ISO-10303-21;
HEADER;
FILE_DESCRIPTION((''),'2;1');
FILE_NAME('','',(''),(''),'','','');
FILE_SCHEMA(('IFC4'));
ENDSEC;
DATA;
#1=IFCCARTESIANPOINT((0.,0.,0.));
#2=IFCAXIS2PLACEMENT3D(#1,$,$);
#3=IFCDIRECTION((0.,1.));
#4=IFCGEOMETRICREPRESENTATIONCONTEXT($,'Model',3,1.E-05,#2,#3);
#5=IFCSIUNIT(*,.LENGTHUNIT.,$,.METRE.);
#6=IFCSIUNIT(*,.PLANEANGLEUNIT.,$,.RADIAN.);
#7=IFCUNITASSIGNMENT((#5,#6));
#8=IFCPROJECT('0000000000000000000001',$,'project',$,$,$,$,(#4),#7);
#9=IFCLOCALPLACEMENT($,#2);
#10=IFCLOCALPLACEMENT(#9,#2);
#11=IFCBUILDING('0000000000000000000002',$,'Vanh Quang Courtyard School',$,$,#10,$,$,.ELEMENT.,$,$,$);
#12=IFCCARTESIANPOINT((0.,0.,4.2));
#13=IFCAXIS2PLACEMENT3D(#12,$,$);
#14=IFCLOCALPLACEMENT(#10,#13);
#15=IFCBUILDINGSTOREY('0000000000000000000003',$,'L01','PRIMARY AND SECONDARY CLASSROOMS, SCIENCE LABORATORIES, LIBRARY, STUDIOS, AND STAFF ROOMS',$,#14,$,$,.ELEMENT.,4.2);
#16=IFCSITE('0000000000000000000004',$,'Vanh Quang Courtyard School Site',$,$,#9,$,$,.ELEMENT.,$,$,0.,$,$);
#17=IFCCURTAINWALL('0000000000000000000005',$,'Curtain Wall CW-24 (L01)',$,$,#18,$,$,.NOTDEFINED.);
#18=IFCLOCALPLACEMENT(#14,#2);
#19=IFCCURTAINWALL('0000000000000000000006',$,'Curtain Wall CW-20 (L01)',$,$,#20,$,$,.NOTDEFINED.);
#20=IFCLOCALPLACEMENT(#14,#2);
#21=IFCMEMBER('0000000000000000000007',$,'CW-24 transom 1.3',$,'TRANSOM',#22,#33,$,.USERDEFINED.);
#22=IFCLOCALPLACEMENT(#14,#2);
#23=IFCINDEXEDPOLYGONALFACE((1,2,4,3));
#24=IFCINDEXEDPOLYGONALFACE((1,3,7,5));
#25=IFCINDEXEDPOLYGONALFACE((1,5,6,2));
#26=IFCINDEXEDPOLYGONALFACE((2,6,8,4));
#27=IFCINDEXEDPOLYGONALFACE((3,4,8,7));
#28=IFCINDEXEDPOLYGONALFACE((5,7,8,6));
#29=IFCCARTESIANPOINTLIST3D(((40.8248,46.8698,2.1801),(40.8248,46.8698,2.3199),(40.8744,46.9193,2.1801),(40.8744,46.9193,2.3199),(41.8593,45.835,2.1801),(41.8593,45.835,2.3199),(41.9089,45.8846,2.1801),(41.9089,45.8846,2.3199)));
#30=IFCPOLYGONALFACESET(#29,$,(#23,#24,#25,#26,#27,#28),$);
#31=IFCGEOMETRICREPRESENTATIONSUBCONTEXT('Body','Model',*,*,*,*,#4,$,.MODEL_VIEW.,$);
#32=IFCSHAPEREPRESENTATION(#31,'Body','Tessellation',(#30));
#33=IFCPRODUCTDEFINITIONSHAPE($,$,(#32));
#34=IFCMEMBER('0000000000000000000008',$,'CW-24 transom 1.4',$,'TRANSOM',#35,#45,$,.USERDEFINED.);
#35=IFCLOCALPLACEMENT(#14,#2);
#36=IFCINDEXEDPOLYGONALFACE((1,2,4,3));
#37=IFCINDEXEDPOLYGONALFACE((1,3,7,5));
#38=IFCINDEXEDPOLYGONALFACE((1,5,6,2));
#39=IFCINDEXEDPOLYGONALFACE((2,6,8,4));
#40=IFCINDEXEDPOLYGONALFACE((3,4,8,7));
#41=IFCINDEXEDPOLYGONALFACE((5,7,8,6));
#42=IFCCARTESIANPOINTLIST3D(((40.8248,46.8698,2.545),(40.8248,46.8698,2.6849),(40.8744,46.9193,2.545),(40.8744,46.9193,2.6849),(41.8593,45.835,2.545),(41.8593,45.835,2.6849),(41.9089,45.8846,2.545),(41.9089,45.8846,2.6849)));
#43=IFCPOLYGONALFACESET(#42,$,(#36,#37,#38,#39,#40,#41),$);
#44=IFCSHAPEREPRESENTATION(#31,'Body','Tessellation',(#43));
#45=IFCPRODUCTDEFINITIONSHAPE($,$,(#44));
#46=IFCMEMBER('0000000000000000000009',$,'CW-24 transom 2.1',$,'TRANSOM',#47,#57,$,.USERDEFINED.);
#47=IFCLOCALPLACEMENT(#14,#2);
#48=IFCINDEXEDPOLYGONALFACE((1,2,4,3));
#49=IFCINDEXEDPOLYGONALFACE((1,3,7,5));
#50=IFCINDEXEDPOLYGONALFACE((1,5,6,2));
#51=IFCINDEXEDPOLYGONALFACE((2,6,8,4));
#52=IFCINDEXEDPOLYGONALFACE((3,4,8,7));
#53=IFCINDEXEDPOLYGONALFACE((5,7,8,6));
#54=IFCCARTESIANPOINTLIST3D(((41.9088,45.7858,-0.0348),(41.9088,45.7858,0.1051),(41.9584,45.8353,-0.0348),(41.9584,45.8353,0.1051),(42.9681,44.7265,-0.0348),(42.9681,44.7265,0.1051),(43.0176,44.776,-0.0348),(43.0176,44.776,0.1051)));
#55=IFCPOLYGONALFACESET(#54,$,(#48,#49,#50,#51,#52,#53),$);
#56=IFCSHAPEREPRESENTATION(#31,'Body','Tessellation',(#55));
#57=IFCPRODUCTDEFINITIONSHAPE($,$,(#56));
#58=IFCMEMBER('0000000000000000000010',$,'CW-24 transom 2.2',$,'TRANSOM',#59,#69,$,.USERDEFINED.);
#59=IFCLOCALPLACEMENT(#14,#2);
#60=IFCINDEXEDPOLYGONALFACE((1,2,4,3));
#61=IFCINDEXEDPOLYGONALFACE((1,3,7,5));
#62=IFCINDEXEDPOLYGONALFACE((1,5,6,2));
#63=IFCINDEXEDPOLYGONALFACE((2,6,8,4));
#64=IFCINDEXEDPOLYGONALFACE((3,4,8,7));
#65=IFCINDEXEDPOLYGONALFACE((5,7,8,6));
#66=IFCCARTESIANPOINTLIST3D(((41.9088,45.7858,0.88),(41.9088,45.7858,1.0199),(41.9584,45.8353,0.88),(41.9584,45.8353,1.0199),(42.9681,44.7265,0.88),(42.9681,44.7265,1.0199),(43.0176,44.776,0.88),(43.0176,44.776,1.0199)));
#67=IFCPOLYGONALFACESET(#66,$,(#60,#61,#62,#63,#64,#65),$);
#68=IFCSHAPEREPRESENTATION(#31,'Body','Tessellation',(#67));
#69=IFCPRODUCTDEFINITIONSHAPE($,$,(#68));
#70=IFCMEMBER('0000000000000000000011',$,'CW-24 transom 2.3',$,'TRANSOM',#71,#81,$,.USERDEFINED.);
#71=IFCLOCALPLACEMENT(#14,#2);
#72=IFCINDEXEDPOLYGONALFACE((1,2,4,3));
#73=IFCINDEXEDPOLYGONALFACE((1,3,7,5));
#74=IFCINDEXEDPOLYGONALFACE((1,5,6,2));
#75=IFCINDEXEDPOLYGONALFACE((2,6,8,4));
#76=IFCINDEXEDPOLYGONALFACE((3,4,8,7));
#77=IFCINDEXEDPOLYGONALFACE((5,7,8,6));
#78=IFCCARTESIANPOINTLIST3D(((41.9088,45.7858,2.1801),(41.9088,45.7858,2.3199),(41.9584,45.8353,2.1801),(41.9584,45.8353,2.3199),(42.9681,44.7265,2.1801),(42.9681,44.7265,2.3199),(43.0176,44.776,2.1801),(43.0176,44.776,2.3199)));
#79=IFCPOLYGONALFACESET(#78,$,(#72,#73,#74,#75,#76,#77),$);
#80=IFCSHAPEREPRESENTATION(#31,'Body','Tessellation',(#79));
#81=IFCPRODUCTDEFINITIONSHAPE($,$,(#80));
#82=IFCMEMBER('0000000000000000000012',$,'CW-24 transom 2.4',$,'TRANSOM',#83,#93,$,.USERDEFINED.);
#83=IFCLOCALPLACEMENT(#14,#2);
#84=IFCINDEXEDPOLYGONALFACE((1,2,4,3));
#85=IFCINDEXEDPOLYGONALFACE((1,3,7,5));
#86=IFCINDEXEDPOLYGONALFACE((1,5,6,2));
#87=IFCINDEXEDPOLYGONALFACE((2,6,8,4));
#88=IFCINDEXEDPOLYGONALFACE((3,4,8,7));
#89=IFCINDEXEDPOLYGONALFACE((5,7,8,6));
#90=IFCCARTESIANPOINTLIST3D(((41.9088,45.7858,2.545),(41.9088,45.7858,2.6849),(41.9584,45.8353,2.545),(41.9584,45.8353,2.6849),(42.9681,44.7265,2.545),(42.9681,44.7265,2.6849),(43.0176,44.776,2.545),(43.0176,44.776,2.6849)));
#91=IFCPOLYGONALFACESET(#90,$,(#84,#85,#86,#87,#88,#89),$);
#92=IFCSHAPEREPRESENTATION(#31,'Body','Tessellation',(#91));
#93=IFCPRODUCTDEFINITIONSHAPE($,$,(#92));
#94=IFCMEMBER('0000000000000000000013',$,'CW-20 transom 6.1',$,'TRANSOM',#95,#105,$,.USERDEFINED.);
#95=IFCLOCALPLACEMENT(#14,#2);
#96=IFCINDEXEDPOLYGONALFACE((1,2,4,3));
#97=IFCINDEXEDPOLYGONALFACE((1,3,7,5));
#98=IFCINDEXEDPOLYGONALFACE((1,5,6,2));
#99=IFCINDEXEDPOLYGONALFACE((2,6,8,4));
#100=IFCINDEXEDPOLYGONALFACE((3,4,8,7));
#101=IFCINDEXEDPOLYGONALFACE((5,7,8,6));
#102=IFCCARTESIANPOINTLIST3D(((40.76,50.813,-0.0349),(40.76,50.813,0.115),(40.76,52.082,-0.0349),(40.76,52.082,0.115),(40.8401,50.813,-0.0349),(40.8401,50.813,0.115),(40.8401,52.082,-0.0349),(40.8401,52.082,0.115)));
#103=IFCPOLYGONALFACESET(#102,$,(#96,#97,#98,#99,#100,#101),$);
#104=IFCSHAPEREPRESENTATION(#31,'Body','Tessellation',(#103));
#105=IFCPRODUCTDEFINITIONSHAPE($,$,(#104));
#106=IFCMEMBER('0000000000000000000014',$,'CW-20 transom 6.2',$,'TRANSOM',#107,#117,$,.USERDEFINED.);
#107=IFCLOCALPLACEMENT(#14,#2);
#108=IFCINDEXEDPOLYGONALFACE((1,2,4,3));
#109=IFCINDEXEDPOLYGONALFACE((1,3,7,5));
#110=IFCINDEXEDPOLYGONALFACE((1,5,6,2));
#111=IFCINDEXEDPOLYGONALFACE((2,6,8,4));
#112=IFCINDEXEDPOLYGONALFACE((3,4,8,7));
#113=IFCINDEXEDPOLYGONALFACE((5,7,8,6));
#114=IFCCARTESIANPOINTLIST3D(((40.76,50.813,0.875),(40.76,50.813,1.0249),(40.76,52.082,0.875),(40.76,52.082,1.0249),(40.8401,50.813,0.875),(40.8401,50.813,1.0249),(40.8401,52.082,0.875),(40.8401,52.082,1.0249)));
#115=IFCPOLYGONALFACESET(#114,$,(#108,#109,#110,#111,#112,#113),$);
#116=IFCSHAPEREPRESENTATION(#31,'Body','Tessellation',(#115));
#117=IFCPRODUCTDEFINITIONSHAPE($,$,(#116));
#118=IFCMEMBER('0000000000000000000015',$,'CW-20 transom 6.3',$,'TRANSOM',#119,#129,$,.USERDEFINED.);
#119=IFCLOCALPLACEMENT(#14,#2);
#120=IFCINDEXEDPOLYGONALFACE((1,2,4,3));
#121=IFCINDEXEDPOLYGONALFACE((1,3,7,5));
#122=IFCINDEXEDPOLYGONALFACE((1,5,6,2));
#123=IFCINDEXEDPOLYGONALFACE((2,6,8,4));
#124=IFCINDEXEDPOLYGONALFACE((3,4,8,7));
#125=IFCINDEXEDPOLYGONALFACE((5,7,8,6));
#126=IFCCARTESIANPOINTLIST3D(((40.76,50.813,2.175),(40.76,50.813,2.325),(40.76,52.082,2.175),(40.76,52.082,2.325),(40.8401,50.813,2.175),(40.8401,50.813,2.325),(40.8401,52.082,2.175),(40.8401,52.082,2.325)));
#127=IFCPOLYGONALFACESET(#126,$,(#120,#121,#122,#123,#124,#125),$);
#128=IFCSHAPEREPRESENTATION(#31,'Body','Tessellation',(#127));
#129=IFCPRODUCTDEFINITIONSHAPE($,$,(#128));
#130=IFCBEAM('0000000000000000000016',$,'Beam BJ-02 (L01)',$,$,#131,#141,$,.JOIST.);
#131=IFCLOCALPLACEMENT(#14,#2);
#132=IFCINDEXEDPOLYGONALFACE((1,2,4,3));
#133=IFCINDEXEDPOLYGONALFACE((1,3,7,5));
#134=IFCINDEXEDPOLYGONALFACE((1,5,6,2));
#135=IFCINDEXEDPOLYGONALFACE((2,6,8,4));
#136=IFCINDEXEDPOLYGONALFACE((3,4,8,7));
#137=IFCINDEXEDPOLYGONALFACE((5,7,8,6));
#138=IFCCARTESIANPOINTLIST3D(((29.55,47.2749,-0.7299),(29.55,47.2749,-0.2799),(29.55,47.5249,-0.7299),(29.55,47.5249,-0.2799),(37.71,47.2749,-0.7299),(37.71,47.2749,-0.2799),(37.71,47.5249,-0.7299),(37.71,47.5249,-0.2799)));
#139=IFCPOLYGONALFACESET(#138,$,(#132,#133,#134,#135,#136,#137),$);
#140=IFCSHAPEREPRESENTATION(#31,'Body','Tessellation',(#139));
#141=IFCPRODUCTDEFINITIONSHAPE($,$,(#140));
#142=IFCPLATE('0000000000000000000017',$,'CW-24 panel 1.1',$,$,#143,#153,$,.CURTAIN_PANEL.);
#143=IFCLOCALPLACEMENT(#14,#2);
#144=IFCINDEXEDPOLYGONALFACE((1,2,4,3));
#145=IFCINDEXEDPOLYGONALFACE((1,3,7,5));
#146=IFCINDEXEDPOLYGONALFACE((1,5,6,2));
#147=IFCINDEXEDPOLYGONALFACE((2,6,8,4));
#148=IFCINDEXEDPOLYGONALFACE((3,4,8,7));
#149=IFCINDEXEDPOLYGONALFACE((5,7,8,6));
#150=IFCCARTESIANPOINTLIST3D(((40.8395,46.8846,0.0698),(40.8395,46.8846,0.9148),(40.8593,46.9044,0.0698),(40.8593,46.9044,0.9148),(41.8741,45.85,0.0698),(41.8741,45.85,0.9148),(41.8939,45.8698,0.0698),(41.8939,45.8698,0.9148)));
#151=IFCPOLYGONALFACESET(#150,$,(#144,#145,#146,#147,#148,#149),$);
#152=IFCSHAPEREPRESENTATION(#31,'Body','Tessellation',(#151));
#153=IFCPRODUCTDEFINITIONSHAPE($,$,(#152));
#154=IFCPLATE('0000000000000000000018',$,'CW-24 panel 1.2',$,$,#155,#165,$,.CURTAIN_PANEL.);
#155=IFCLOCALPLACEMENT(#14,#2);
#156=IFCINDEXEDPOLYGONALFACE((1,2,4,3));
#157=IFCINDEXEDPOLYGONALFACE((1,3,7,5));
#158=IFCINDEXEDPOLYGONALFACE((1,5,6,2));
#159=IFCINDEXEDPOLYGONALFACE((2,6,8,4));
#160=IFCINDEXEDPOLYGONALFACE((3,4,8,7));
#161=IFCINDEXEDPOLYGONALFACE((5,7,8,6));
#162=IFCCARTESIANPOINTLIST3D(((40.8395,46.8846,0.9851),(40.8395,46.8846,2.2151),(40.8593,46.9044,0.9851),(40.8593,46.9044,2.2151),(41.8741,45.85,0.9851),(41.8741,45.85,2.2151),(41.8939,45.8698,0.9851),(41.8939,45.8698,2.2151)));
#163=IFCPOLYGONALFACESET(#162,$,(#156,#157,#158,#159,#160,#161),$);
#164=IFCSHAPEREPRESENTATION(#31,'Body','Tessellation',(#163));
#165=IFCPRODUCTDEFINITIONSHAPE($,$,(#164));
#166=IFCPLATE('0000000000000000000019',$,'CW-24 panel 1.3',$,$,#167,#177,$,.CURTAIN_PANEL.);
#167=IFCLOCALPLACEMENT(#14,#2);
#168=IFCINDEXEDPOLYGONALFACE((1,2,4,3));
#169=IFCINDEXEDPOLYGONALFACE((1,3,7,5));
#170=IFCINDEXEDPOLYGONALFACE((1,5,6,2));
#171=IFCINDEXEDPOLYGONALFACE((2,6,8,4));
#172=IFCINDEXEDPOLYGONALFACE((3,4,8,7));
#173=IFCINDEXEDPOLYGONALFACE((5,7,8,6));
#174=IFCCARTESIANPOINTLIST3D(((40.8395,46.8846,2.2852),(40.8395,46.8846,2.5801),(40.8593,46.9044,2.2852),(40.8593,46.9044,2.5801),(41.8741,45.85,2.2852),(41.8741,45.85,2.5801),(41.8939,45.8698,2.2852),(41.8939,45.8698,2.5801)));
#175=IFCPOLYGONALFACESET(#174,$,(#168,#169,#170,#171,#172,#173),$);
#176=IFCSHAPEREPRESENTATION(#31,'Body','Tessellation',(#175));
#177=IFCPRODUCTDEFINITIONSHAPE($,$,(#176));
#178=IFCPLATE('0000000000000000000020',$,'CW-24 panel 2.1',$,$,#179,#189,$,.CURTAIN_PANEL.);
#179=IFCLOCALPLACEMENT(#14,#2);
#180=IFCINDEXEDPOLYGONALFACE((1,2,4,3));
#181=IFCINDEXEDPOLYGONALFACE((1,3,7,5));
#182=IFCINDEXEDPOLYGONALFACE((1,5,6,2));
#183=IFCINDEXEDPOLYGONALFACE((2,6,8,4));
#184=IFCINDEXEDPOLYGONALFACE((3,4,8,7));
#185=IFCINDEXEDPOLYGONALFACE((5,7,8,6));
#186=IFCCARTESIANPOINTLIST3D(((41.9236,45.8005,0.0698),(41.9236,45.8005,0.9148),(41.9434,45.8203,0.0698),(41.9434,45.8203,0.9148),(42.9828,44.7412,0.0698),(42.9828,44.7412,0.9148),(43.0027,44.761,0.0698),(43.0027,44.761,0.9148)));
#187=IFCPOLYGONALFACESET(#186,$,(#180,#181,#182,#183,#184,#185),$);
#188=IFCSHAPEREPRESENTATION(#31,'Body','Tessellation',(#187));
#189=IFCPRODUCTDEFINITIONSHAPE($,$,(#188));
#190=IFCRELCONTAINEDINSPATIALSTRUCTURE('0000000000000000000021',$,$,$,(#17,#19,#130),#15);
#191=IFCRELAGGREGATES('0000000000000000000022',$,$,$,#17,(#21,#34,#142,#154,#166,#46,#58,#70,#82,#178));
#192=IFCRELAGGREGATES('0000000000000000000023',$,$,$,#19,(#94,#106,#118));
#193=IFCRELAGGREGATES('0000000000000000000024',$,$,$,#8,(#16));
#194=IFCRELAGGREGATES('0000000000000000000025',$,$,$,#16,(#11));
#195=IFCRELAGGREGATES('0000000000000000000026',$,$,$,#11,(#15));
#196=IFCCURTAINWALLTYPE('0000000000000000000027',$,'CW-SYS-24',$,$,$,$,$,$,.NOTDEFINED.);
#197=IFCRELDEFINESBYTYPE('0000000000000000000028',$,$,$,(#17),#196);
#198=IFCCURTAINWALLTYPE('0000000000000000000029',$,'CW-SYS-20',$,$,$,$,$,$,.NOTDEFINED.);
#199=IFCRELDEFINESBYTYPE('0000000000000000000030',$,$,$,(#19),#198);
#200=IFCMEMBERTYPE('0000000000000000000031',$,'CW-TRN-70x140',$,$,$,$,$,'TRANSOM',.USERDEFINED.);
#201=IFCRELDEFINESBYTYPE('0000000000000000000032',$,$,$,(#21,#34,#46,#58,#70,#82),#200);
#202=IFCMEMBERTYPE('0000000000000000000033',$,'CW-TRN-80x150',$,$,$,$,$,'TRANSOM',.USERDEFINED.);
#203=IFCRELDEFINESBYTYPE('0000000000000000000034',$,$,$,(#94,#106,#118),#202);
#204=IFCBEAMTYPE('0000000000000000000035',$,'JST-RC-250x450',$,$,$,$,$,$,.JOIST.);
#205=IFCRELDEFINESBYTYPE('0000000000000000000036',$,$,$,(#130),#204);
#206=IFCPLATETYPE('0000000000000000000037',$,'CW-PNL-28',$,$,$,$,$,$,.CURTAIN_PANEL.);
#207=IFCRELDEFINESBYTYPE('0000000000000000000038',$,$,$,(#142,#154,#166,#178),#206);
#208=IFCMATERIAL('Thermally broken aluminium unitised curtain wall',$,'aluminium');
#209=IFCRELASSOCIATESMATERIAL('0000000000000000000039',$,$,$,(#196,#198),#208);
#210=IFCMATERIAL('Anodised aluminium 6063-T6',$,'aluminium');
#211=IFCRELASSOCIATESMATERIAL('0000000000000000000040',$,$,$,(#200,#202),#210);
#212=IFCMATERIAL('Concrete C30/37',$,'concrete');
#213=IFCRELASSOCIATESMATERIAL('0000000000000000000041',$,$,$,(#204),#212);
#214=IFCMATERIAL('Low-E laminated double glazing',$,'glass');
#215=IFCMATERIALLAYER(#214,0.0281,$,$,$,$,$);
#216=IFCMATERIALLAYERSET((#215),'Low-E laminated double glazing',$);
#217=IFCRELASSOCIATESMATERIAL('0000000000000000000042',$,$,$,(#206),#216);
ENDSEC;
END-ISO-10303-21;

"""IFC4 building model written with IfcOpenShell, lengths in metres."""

from ifc_helpers import new_model, si_unit, direction, frame, origin, origin_2d, place, context, subcontext, project, spatial, rectangle, extrude, material, layer, layer_set, material_profile, profile_set, type_object, element, aggregate, save


model = new_model("IFC4")

# Units and contexts
model_context = context("Model", 3, precision=1e-05, world=origin(), true_north=direction((0.0, 1.0)))
body_context = subcontext(model_context, "Body", "Model", "MODEL_VIEW")
ifc_project = project(units=[si_unit("LENGTHUNIT", "METRE"), si_unit("PLANEANGLEUNIT", "RADIAN")], contexts=[model_context])

# Site, building, storey
site_placement = place(None, origin())
site = spatial("IfcSite", under=ifc_project, at=site_placement, Name="Vanh Quang Courtyard School Site", CompositionType="ELEMENT", RefElevation=0.0)
building_placement = place(site_placement, origin())
building = spatial("IfcBuilding", under=site, at=building_placement, Name="Vanh Quang Courtyard School", CompositionType="ELEMENT")
storey_placement = place(building_placement, frame((0.0, 0.0, 4.2)))
storey = spatial("IfcBuildingStorey", under=building, at=storey_placement, Name="L01", Description="PRIMARY AND SECONDARY CLASSROOMS, SCIENCE LABORATORIES, LIBRARY, STUDIOS, AND STAFF ROOMS", CompositionType="ELEMENT", Elevation=4.2)

# Curtain wall
ifc_material_1 = material(Name="Thermally broken aluminium unitised curtain wall", Category="aluminium")
curtain_wall_type_1 = type_object("IfcCurtainWallType", Name="CW-SYS-24", PredefinedType="NOTDEFINED", material=ifc_material_1)
curtain_wall_1_placement = place(storey_placement, origin())
curtain_wall_1 = element("IfcCurtainWall", 1, at=curtain_wall_1_placement, inside=storey, type_object=curtain_wall_type_1, Name="Curtain Wall CW-24 (L01)", PredefinedType="NOTDEFINED")
ifc_material_2 = material(Name="Anodised aluminium 6063-T6", Category="aluminium")

# Curtain wall
curtain_wall_type_2 = type_object("IfcCurtainWallType", Name="CW-SYS-20", PredefinedType="NOTDEFINED", material=ifc_material_1)
curtain_wall_2_placement = place(storey_placement, origin())
curtain_wall_2 = element("IfcCurtainWall", 2, at=curtain_wall_2_placement, inside=storey, type_object=curtain_wall_type_2, Name="Curtain Wall CW-20 (L01)", PredefinedType="NOTDEFINED")

# Members
ifc_material_profile_1 = material_profile(ifc_material_2, rectangle(XDim=0.0701, YDim=0.1399, at=origin_2d()), Name="ALU-TRN 70x140")
ifc_profile_set_1 = profile_set([ifc_material_profile_1], Name="Anodised aluminium 6063-T6")
member_type_1 = type_object("IfcMemberType", Name="CW-TRN-70x140", ElementType="TRANSOM", PredefinedType="USERDEFINED", material=ifc_profile_set_1)
member_1_placement = place(storey_placement, frame((40.8496, 46.8945, 2.25), z_axis=(0.707023, -0.70719, 0.0), x_axis=(0.70719, 0.707023, 0.0)))
member_1 = element("IfcMember", 3, at=member_1_placement, type_object=member_type_1, Name="CW-24 transom 1.3", ObjectType="TRANSOM", PredefinedType="USERDEFINED", context=body_context, shape_type="SweptSolid", body=[
    extrude(rectangle(XDim=0.0701, YDim=0.1399, at=origin_2d()), origin(), (0.0, 0.0, 1.0), 1.4631),
])
member_2_placement = place(storey_placement, frame((40.8496, 46.8945, 2.615), z_axis=(0.707023, -0.70719, 0.0), x_axis=(0.70719, 0.707023, 0.0)))
member_2 = element("IfcMember", 4, at=member_2_placement, type_object=member_type_1, Name="CW-24 transom 1.4", ObjectType="TRANSOM", PredefinedType="USERDEFINED", context=body_context, shape_type="SweptSolid", body=[
    extrude(rectangle(XDim=0.0701, YDim=0.1399, at=origin_2d()), origin(), (0.0, 0.0, 1.0), 1.4631),
])
member_3_placement = place(storey_placement, frame((41.9336, 45.8105, 0.0352), z_axis=(0.707107, -0.707107, 0.0), x_axis=(0.707107, 0.707107, 0.0)))
member_3 = element("IfcMember", 5, at=member_3_placement, type_object=member_type_1, Name="CW-24 transom 2.1", ObjectType="TRANSOM", PredefinedType="USERDEFINED", context=body_context, shape_type="SweptSolid", body=[
    extrude(rectangle(XDim=0.0701, YDim=0.1399, at=origin_2d()), origin(), (0.0, 0.0, 1.0), 1.498),
])
member_4_placement = place(storey_placement, frame((41.9336, 45.8105, 0.95), z_axis=(0.707107, -0.707107, 0.0), x_axis=(0.707107, 0.707107, 0.0)))
member_4 = element("IfcMember", 6, at=member_4_placement, type_object=member_type_1, Name="CW-24 transom 2.2", ObjectType="TRANSOM", PredefinedType="USERDEFINED", context=body_context, shape_type="SweptSolid", body=[
    extrude(rectangle(XDim=0.0701, YDim=0.1399, at=origin_2d()), origin(), (0.0, 0.0, 1.0), 1.498),
])
member_5_placement = place(storey_placement, frame((41.9336, 45.8105, 2.25), z_axis=(0.707107, -0.707107, 0.0), x_axis=(0.707107, 0.707107, 0.0)))
member_5 = element("IfcMember", 7, at=member_5_placement, type_object=member_type_1, Name="CW-24 transom 2.3", ObjectType="TRANSOM", PredefinedType="USERDEFINED", context=body_context, shape_type="SweptSolid", body=[
    extrude(rectangle(XDim=0.0701, YDim=0.1399, at=origin_2d()), origin(), (0.0, 0.0, 1.0), 1.498),
])
member_6_placement = place(storey_placement, frame((41.9336, 45.8105, 2.615), z_axis=(0.707107, -0.707107, 0.0), x_axis=(0.707107, 0.707107, 0.0)))
member_6 = element("IfcMember", 8, at=member_6_placement, type_object=member_type_1, Name="CW-24 transom 2.4", ObjectType="TRANSOM", PredefinedType="USERDEFINED", context=body_context, shape_type="SweptSolid", body=[
    extrude(rectangle(XDim=0.0701, YDim=0.1399, at=origin_2d()), origin(), (0.0, 0.0, 1.0), 1.498),
])
ifc_material_profile_2 = material_profile(ifc_material_2, rectangle(XDim=0.0801, YDim=0.1499, at=origin_2d()), Name="ALU-TRN 80x150")
ifc_profile_set_2 = profile_set([ifc_material_profile_2], Name="Anodised aluminium 6063-T6")
member_type_2 = type_object("IfcMemberType", Name="CW-TRN-80x150", ElementType="TRANSOM", PredefinedType="USERDEFINED", material=ifc_profile_set_2)
member_7_placement = place(storey_placement, frame((40.8, 52.082, 0.04), z_axis=(0.0, -1.0, 0.0), x_axis=(1.0, 0.0, 0.0)))
member_7 = element("IfcMember", 9, at=member_7_placement, type_object=member_type_2, Name="CW-20 transom 6.1", ObjectType="TRANSOM", PredefinedType="USERDEFINED", context=body_context, shape_type="SweptSolid", body=[
    extrude(rectangle(XDim=0.0801, YDim=0.1499, at=origin_2d()), origin(), (0.0, 0.0, 1.0), 1.269),
])
member_8_placement = place(storey_placement, frame((40.8, 52.082, 0.95), z_axis=(0.0, -1.0, 0.0), x_axis=(1.0, 0.0, 0.0)))
member_8 = element("IfcMember", 10, at=member_8_placement, type_object=member_type_2, Name="CW-20 transom 6.2", ObjectType="TRANSOM", PredefinedType="USERDEFINED", context=body_context, shape_type="SweptSolid", body=[
    extrude(rectangle(XDim=0.0801, YDim=0.1499, at=origin_2d()), origin(), (0.0, 0.0, 1.0), 1.269),
])
member_9_placement = place(storey_placement, frame((40.8, 52.082, 2.25), z_axis=(0.0, -1.0, 0.0), x_axis=(1.0, 0.0, 0.0)))
member_9 = element("IfcMember", 11, at=member_9_placement, type_object=member_type_2, Name="CW-20 transom 6.3", ObjectType="TRANSOM", PredefinedType="USERDEFINED", context=body_context, shape_type="SweptSolid", body=[
    extrude(rectangle(XDim=0.0801, YDim=0.1499, at=origin_2d()), origin(), (0.0, 0.0, 1.0), 1.269),
])

# Beam
ifc_material_3 = material(Name="Concrete C30/37", Category="concrete")
ifc_material_profile_3 = material_profile(ifc_material_3, rectangle(XDim=0.25, YDim=0.45, at=origin_2d()), Name="RC-JST 250x450")
ifc_profile_set_3 = profile_set([ifc_material_profile_3], Name="Concrete C30/37")
beam_type_1 = type_object("IfcBeamType", Name="JST-RC-250x450", PredefinedType="JOIST", material=ifc_profile_set_3)
beam_1_placement = place(storey_placement, frame((29.55, 47.3999, -0.5049), z_axis=(1.0, 0.0, 0.0), x_axis=(0.0, 1.0, 0.0)))
element("IfcBeam", 12, at=beam_1_placement, inside=storey, type_object=beam_type_1, Name="Beam BJ-02 (L01)", PredefinedType="JOIST", context=body_context, shape_type="SweptSolid", body=[
    extrude(rectangle(XDim=0.25, YDim=0.45, at=origin_2d()), origin(), (0.0, 0.0, 1.0), 8.1599),
])

# Plates
ifc_material_4 = material(Name="Low-E laminated double glazing", Category="glass")
ifc_layer_1 = layer(ifc_material_4, 0.0281)
ifc_layer_set_1 = layer_set([ifc_layer_1], Name="Low-E laminated double glazing")
plate_type_1 = type_object("IfcPlateType", Name="CW-PNL-28", PredefinedType="CURTAIN_PANEL", material=ifc_layer_set_1)
plate_1_placement = place(storey_placement, frame((41.3667, 46.3772, 0.0698), z_axis=(0.0, 0.0, 1.0), x_axis=(0.707107, -0.707107, 0.0)))
plate_1 = element("IfcPlate", 13, at=plate_1_placement, type_object=plate_type_1, Name="CW-24 panel 1.1", PredefinedType="CURTAIN_PANEL", context=body_context, shape_type="SweptSolid", body=[
    extrude(rectangle(XDim=1.4631, YDim=0.0281, at=origin_2d()), origin(), (0.0, 0.0, 1.0), 0.845),
])
plate_2_placement = place(storey_placement, frame((41.3667, 46.3772, 0.9851), z_axis=(0.0, 0.0, 1.0), x_axis=(0.707107, -0.707107, 0.0)))
plate_2 = element("IfcPlate", 14, at=plate_2_placement, type_object=plate_type_1, Name="CW-24 panel 1.2", PredefinedType="CURTAIN_PANEL", context=body_context, shape_type="SweptSolid", body=[
    extrude(rectangle(XDim=1.4631, YDim=0.0281, at=origin_2d()), origin(), (0.0, 0.0, 1.0), 1.23),
])
plate_3_placement = place(storey_placement, frame((41.3667, 46.3772, 2.2852), z_axis=(0.0, 0.0, 1.0), x_axis=(0.707107, -0.707107, 0.0)))
plate_3 = element("IfcPlate", 15, at=plate_3_placement, type_object=plate_type_1, Name="CW-24 panel 1.3", PredefinedType="CURTAIN_PANEL", context=body_context, shape_type="SweptSolid", body=[
    extrude(rectangle(XDim=1.4631, YDim=0.0281, at=origin_2d()), origin(), (0.0, 0.0, 1.0), 0.2949),
])
plate_4_placement = place(storey_placement, frame((42.4631, 45.2808, 0.0698), z_axis=(0.0, 0.0, 1.0), x_axis=(0.707107, -0.707107, 0.0)))
plate_4 = element("IfcPlate", 16, at=plate_4_placement, type_object=plate_type_1, Name="CW-24 panel 2.1", PredefinedType="CURTAIN_PANEL", context=body_context, shape_type="SweptSolid", body=[
    extrude(rectangle(XDim=1.498, YDim=0.0281, at=origin_2d()), origin(), (0.0, 0.0, 1.0), 0.845),
])
aggregate(curtain_wall_1, [member_1, member_2, plate_1, plate_2, plate_3, member_3, member_4, member_5, member_6, plate_4])
aggregate(curtain_wall_2, [member_7, member_8, member_9])

save(model, "model.ifc")
